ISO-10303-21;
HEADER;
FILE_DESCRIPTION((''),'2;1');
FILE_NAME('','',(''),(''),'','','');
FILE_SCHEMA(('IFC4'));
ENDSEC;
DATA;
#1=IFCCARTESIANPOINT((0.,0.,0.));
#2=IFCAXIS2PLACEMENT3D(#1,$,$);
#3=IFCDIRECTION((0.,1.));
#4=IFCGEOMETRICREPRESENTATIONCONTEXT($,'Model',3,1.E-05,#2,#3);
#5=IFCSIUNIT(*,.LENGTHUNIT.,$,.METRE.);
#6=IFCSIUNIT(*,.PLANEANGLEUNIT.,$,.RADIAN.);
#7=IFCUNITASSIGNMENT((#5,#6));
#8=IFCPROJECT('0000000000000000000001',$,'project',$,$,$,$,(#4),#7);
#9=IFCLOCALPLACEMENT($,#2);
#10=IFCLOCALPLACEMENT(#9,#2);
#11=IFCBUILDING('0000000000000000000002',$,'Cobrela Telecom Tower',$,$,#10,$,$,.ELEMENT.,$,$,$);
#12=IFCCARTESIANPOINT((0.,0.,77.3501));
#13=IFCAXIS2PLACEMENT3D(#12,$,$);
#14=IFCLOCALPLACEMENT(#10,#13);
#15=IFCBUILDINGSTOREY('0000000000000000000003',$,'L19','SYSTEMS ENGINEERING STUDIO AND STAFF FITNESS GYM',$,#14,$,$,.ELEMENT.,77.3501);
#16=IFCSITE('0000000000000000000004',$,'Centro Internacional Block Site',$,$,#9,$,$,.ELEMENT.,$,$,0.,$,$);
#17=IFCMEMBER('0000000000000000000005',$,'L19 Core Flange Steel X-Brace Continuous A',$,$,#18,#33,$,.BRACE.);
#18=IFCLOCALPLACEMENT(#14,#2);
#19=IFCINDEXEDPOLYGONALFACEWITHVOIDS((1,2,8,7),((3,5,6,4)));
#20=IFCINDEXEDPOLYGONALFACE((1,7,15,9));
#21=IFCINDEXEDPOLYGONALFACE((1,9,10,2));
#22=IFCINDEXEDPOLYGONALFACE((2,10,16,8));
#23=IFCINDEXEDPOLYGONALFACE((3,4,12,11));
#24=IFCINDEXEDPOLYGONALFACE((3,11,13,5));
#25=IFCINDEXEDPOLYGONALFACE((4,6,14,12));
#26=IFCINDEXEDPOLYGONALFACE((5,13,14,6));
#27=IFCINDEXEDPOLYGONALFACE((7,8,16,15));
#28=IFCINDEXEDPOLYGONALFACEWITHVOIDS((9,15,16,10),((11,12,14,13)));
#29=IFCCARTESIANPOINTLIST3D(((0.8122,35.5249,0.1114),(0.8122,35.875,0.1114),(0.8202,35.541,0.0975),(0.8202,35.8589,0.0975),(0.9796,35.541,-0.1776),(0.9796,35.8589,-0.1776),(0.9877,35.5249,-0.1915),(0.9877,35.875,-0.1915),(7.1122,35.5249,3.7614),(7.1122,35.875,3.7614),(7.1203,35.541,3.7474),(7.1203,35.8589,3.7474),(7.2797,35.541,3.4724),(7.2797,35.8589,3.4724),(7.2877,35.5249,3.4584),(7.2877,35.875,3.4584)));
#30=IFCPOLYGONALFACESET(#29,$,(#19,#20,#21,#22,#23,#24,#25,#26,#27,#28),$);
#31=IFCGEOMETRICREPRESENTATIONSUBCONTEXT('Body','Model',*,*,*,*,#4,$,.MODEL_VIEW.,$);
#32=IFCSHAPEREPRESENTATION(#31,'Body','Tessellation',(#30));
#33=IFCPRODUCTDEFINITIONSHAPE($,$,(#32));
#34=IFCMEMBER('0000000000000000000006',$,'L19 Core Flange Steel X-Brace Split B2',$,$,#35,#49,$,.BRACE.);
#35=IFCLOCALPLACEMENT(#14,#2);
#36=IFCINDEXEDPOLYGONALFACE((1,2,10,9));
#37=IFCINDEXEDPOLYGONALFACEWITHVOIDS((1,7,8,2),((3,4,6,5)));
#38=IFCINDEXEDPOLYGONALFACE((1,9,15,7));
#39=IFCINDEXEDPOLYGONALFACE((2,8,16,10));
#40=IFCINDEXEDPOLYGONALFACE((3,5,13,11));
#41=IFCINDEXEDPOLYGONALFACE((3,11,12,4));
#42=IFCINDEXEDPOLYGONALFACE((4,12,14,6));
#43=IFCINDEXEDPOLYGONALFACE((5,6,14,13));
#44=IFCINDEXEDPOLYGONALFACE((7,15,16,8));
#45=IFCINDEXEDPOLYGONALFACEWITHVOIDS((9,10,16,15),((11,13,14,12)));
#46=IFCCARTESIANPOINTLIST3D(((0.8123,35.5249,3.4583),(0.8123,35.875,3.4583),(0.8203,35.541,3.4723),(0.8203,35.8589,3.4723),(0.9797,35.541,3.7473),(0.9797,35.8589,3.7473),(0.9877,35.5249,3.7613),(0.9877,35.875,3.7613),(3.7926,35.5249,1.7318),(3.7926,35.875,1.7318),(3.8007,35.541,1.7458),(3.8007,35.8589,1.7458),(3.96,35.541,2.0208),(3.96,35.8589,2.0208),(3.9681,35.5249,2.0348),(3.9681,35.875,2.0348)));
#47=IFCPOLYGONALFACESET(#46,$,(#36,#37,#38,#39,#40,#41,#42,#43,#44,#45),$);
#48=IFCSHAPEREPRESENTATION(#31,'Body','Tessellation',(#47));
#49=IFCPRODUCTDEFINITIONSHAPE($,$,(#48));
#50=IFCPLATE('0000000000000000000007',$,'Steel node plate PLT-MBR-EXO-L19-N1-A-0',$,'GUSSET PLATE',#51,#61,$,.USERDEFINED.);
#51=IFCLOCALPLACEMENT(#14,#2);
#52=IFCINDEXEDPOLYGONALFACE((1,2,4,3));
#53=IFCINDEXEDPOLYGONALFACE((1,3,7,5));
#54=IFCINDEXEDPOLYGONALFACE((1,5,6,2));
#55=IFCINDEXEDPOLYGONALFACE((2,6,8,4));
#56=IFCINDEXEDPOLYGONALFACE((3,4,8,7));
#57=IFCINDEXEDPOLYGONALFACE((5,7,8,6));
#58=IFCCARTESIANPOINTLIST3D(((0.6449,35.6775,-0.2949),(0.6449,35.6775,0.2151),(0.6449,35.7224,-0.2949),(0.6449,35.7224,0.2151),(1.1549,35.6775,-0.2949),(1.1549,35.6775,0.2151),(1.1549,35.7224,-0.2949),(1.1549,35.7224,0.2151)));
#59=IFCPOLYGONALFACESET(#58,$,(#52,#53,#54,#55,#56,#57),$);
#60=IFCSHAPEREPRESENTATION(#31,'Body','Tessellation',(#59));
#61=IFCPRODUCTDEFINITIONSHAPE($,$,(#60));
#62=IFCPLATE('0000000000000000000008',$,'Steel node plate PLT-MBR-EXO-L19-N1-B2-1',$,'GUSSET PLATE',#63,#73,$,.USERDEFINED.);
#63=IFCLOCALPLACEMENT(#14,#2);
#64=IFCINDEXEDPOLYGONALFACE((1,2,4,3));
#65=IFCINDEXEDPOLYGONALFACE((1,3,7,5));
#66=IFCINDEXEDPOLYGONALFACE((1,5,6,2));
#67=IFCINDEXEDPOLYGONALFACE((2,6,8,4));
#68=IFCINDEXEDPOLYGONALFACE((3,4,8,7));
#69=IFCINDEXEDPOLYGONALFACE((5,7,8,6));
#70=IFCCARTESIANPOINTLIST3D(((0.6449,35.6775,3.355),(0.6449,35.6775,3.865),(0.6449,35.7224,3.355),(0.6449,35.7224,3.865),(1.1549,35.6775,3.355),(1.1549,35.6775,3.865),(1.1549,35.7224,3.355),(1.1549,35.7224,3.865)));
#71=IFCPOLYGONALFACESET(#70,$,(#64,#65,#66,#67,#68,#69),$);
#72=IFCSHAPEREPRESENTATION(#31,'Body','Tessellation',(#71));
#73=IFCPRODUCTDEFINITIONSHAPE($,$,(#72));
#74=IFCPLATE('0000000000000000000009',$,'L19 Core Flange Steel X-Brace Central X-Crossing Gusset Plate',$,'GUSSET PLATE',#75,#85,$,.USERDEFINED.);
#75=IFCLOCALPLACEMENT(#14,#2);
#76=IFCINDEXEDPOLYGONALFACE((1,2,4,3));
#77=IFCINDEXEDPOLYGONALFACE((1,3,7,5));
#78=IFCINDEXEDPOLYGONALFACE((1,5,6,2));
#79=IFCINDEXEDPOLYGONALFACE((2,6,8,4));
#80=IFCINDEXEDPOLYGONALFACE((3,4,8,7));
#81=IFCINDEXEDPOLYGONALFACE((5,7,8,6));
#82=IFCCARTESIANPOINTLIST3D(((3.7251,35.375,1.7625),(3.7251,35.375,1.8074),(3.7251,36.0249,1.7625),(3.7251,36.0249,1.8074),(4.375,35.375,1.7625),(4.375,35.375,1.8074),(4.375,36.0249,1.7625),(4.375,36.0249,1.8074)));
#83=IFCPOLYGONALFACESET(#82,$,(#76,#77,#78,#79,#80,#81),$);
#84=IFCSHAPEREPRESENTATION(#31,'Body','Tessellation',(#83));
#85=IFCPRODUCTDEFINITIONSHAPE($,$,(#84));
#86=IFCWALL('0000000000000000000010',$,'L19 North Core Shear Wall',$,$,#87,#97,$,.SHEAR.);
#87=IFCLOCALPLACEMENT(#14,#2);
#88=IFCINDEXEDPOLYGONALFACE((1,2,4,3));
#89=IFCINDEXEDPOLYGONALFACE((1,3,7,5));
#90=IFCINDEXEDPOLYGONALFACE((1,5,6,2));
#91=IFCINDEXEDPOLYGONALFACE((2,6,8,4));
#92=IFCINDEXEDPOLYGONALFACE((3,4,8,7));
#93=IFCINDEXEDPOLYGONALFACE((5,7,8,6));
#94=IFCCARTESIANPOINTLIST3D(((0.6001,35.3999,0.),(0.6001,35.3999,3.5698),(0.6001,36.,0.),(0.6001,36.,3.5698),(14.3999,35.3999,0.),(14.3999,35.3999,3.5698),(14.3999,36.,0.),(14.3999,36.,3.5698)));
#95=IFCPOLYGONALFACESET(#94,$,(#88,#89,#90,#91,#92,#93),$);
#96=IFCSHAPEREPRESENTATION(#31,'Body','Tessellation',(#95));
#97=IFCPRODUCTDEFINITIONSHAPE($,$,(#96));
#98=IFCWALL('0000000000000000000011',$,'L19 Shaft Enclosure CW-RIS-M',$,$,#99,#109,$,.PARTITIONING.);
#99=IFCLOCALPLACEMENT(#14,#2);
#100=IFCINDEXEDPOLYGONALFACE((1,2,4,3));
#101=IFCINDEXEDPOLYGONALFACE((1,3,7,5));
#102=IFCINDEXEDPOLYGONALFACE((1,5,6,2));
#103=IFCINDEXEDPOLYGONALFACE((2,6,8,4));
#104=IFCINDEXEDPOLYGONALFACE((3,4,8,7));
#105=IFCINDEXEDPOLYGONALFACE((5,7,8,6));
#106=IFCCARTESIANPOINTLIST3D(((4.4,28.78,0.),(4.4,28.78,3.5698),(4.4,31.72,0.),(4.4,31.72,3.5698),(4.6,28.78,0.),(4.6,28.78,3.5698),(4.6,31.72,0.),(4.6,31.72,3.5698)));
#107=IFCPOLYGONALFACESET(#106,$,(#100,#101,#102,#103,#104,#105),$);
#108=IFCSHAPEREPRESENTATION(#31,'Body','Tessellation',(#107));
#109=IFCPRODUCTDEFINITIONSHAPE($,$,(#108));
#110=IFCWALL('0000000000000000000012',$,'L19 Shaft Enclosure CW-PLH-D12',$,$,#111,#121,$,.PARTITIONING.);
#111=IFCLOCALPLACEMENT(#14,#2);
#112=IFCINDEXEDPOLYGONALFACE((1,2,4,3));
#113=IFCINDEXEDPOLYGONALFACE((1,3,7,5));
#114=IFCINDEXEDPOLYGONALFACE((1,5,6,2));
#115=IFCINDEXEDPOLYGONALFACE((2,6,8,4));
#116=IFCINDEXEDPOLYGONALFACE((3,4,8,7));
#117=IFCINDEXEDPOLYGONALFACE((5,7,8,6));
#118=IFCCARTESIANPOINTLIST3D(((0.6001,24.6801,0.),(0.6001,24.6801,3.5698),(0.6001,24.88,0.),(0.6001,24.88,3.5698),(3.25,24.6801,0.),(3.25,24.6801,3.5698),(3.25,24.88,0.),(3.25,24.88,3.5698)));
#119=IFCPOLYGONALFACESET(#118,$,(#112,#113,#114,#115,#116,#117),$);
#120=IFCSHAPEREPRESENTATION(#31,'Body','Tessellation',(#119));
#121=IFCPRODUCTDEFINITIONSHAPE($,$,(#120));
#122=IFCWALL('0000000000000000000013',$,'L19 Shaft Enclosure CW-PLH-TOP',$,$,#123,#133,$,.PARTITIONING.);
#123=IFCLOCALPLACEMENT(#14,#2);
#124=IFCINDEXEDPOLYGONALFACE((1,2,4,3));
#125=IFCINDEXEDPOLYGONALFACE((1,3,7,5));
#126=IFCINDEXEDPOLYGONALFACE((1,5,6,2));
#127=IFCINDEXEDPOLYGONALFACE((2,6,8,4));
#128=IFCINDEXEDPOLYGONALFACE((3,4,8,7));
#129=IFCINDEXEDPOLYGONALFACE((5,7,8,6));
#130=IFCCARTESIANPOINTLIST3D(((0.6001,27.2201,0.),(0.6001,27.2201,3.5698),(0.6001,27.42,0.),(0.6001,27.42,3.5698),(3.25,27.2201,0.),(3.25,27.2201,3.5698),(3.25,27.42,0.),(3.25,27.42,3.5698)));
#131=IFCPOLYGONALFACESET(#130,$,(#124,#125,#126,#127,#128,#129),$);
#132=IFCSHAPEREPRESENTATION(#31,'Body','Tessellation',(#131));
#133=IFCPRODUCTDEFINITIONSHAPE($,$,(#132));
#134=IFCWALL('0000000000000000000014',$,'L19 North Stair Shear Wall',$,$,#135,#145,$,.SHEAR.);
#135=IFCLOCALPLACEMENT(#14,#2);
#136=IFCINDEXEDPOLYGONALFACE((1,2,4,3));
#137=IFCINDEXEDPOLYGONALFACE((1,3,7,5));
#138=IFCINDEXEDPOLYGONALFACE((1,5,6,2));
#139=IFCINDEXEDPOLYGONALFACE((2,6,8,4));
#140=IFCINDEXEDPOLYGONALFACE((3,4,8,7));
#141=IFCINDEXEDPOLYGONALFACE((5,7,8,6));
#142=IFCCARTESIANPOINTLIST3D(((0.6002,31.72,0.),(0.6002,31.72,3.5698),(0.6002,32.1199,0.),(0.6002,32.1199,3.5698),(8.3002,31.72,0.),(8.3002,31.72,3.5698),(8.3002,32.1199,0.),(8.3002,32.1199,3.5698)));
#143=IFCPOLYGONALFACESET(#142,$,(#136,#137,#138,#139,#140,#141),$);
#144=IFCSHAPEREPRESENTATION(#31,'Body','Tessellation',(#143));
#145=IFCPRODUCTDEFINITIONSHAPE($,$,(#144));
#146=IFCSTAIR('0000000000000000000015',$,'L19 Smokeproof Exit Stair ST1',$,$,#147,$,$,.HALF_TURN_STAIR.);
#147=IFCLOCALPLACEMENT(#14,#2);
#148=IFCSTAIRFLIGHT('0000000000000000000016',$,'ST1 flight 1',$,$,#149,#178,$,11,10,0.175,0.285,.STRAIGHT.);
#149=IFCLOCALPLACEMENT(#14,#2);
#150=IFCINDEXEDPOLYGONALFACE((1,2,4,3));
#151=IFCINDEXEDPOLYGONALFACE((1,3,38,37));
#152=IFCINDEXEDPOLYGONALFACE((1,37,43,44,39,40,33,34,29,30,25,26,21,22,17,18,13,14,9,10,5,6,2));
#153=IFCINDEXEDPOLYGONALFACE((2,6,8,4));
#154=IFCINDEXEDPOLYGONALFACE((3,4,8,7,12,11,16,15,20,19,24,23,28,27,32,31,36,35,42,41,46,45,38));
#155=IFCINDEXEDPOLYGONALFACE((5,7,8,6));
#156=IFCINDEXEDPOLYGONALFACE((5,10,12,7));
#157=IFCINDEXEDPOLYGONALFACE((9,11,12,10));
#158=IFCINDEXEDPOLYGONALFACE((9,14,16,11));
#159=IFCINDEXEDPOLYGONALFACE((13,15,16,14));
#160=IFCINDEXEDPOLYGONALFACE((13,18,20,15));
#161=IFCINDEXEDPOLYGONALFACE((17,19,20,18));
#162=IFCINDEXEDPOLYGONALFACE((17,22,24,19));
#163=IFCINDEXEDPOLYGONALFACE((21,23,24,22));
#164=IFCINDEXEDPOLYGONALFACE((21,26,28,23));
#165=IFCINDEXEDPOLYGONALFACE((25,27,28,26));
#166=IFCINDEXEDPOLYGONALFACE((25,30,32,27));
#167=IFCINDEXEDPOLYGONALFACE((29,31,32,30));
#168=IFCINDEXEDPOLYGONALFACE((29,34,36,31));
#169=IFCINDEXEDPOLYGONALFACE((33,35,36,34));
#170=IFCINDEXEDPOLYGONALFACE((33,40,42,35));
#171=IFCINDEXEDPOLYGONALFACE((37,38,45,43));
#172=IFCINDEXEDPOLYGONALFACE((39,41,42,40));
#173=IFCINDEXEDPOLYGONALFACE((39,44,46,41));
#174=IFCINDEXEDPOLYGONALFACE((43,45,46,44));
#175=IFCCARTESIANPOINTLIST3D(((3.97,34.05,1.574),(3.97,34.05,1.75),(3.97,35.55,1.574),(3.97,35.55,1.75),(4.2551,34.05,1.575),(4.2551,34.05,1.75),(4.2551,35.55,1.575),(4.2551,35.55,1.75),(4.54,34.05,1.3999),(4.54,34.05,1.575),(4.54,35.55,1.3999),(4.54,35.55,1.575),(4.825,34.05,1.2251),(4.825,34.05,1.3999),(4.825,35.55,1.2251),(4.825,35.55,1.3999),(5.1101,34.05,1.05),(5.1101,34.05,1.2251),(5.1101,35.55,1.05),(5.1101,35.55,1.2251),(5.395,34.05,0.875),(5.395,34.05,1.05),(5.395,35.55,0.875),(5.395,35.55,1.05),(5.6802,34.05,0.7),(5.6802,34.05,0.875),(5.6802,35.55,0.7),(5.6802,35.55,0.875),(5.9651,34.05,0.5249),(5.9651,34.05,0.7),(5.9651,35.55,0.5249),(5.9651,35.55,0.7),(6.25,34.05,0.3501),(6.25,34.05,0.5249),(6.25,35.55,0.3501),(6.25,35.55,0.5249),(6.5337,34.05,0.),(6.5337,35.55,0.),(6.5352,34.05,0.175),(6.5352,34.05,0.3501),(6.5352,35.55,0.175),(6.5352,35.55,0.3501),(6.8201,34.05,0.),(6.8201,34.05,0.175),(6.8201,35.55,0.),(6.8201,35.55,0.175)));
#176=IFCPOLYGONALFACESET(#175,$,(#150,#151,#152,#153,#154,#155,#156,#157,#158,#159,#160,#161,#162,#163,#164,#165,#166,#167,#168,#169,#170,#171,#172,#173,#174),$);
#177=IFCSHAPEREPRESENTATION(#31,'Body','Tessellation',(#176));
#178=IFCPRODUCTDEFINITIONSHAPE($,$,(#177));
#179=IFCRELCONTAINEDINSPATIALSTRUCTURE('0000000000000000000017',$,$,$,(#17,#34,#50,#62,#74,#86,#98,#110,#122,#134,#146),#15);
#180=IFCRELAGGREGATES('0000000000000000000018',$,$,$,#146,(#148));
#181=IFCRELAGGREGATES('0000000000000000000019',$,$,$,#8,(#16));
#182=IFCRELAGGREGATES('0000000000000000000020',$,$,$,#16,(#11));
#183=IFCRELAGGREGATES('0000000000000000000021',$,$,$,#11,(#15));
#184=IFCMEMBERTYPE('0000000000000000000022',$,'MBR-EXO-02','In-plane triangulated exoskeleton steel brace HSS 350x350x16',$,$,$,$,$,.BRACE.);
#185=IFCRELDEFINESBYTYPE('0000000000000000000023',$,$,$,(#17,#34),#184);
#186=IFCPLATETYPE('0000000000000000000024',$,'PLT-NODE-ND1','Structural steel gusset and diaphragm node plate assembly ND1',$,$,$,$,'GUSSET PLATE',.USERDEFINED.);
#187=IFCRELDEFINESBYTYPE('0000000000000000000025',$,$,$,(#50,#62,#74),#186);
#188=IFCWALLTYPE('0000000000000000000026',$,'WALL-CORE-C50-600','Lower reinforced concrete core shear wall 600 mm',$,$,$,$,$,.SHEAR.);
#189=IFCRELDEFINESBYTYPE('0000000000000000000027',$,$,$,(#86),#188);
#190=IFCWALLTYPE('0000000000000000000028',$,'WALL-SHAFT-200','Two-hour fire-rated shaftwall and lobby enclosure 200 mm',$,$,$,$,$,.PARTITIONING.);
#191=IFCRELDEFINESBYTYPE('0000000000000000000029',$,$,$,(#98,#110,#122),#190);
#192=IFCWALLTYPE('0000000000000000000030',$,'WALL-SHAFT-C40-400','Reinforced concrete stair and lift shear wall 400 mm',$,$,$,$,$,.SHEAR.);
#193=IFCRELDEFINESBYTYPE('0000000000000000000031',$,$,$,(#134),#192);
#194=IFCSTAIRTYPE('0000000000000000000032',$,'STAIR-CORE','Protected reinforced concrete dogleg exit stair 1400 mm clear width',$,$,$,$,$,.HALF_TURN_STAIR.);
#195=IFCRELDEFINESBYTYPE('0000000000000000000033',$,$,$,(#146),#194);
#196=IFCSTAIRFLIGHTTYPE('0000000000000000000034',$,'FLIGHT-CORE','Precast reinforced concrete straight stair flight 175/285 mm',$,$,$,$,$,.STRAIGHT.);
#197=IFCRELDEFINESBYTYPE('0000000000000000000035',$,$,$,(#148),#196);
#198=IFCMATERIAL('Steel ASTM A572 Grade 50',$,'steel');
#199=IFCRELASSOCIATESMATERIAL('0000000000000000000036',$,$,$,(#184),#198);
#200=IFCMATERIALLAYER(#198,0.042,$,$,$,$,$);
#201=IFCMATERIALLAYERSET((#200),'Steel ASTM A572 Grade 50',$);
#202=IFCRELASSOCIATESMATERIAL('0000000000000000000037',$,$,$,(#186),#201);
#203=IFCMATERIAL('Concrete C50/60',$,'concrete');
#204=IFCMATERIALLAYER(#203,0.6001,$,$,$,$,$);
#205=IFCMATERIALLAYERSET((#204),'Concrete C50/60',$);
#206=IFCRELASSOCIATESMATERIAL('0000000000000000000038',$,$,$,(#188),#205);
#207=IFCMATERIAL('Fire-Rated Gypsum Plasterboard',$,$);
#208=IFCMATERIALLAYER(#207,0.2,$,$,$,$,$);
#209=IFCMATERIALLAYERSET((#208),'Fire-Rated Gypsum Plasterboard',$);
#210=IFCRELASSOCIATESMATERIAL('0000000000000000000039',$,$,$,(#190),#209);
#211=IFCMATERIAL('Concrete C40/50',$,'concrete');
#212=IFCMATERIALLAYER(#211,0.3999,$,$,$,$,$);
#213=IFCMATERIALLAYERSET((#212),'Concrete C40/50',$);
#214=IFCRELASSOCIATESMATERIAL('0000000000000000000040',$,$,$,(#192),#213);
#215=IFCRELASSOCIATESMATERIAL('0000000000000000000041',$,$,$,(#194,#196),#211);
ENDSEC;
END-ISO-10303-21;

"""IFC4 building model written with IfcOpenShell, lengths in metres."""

from ifc_helpers import new_model, si_unit, direction, frame, frame_2d, origin, origin_2d, place, context, subcontext, project, spatial, polyline, rectangle, hollow_rectangle, outline, extrude, material, layer, layer_set, material_profile, profile_set, type_object, element, aggregate, save


model = new_model("IFC4")

# Units and contexts
model_context = context("Model", 3, precision=1e-05, world=origin(), true_north=direction((0.0, 1.0)))
body_context = subcontext(model_context, "Body", "Model", "MODEL_VIEW")
ifc_project = project(units=[si_unit("LENGTHUNIT", "METRE"), si_unit("PLANEANGLEUNIT", "RADIAN")], contexts=[model_context])

# Site, building, storey
site_placement = place(None, origin())
site = spatial("IfcSite", under=ifc_project, at=site_placement, Name="Centro Internacional Block Site", CompositionType="ELEMENT", RefElevation=0.0)
building_placement = place(site_placement, origin())
building = spatial("IfcBuilding", under=site, at=building_placement, Name="Cobrela Telecom Tower", CompositionType="ELEMENT")
storey_placement = place(building_placement, frame((0.0, 0.0, 77.3501)))
storey = spatial("IfcBuildingStorey", under=building, at=storey_placement, Name="L19", Description="SYSTEMS ENGINEERING STUDIO AND STAFF FITNESS GYM", CompositionType="ELEMENT", Elevation=77.3501)

# Members
ifc_material_1 = material(Name="Steel ASTM A572 Grade 50", Category="steel")
ifc_material_profile = material_profile(ifc_material_1, hollow_rectangle(XDim=0.3501, YDim=0.3501, WallThickness=0.0161, at=origin_2d()), Name="HSS 350x350x16")
ifc_profile_set = profile_set([ifc_material_profile], Name="Steel ASTM A572 Grade 50")
member_type = type_object("IfcMemberType", Name="MBR-EXO-02", Description="In-plane triangulated exoskeleton steel brace HSS 350x350x16", PredefinedType="BRACE", material=ifc_profile_set)
member_1_placement = place(storey_placement, frame((0.8999, 35.7, -0.04), z_axis=(0.865277, 0.0, 0.501294), x_axis=(0.0, 1.0, 0.0)))
element("IfcMember", 1, at=member_1_placement, inside=storey, type_object=member_type, Name="L19 Core Flange Steel X-Brace Continuous A", PredefinedType="BRACE", context=body_context, shape_type="SweptSolid", body=[
    extrude(hollow_rectangle(XDim=0.3501, YDim=0.3501, WallThickness=0.0161, at=origin_2d()), origin(), (0.0, 0.0, 1.0), 7.281),
])
member_2_placement = place(storey_placement, frame((3.8804, 35.7, 1.8833), z_axis=(-0.865297, 0.0, 0.50126), x_axis=(0.0, -1.0, 0.0)))
element("IfcMember", 2, at=member_2_placement, inside=storey, type_object=member_type, Name="L19 Core Flange Steel X-Brace Split B2", PredefinedType="BRACE", context=body_context, shape_type="SweptSolid", body=[
    extrude(hollow_rectangle(XDim=0.3501, YDim=0.3501, WallThickness=0.0161, at=origin_2d()), origin(), (0.0, 0.0, 1.0), 3.4443),
])

# Plates
ifc_layer_1 = layer(ifc_material_1, 0.042)
ifc_layer_set_1 = layer_set([ifc_layer_1], Name="Steel ASTM A572 Grade 50")
plate_type = type_object("IfcPlateType", Name="PLT-NODE-ND1", Description="Structural steel gusset and diaphragm node plate assembly ND1", ElementType="GUSSET PLATE", PredefinedType="USERDEFINED", material=ifc_layer_set_1)
for number, where, z_axis, x_axis, name in (
    (3, (0.8999, 35.7, -0.2949), (0.0, 0.0, 1.0), (1.0, 0.0, 0.0), "Steel node plate PLT-MBR-EXO-L19-N1-A-0"),
    (4, (0.8999, 35.7, 3.355), (0.0, 0.0, 1.0), (-1.0, 0.0, 0.0), "Steel node plate PLT-MBR-EXO-L19-N1-B2-1"),
):
    element("IfcPlate", number, at=place(storey_placement, frame(where, z_axis=z_axis, x_axis=x_axis)), inside=storey, type_object=plate_type, Name=name, ObjectType="GUSSET PLATE", PredefinedType="USERDEFINED", context=body_context, shape_type="SweptSolid", body=[
        extrude(rectangle(XDim=0.51, YDim=0.0449, at=origin_2d()), origin(), (0.0, 0.0, 1.0), 0.51),
    ])
plate_placement = place(storey_placement, frame((4.05, 35.7, 1.7625), z_axis=(0.0, 0.0, 1.0), x_axis=(1.0, 0.0, 0.0)))
element("IfcPlate", 5, at=plate_placement, inside=storey, type_object=plate_type, Name="L19 Core Flange Steel X-Brace Central X-Crossing Gusset Plate", ObjectType="GUSSET PLATE", PredefinedType="USERDEFINED", context=body_context, shape_type="SweptSolid", body=[
    extrude(rectangle(XDim=0.6499, YDim=0.6499, at=origin_2d()), origin(), (0.0, 0.0, 1.0), 0.0449),
])

# Wall
ifc_material_2 = material(Name="Concrete C50/60", Category="concrete")
ifc_layer_2 = layer(ifc_material_2, 0.6001)
ifc_layer_set_2 = layer_set([ifc_layer_2], Name="Concrete C50/60")
wall_type_1 = type_object("IfcWallType", Name="WALL-CORE-C50-600", Description="Lower reinforced concrete core shear wall 600 mm", PredefinedType="SHEAR", material=ifc_layer_set_2)
wall_1_placement = place(storey_placement, frame((0.6001, 35.7, 0.0), z_axis=(0.0, 0.0, 1.0), x_axis=(1.0, 0.0, 0.0)))
element("IfcWall", 6, at=wall_1_placement, inside=storey, type_object=wall_type_1, Name="L19 North Core Shear Wall", PredefinedType="SHEAR", context=body_context, shape_type="SweptSolid", body=[
    extrude(rectangle(XDim=13.7998, YDim=0.6001, at=frame_2d((6.8999, 0.0))), origin(), (0.0, 0.0, 1.0), 3.5698),
])

# Shared definitions
ifc_material_3 = material(Name="Fire-Rated Gypsum Plasterboard")
ifc_layer_3 = layer(ifc_material_3, 0.2)
ifc_layer_set_3 = layer_set([ifc_layer_3], Name="Fire-Rated Gypsum Plasterboard")
wall_type_2 = type_object("IfcWallType", Name="WALL-SHAFT-200", Description="Two-hour fire-rated shaftwall and lobby enclosure 200 mm", PredefinedType="PARTITIONING", material=ifc_layer_set_3)

# Walls
wall_2_placement = place(storey_placement, frame((4.5, 28.78, 0.0), z_axis=(0.0, 0.0, 1.0), x_axis=(0.0, 1.0, 0.0)))
element("IfcWall", 7, at=wall_2_placement, inside=storey, type_object=wall_type_2, Name="L19 Shaft Enclosure CW-RIS-M", PredefinedType="PARTITIONING", context=body_context, shape_type="SweptSolid", body=[
    extrude(rectangle(XDim=2.9399, YDim=0.2, at=frame_2d((1.47, 0.0))), origin(), (0.0, 0.0, 1.0), 3.5698),
])
for number, where, z_axis, x_axis, name in (
    (8, (0.6001, 24.78, 0.0), (0.0, 0.0, 1.0), (1.0, 0.0, 0.0), "L19 Shaft Enclosure CW-PLH-D12"),
    (9, (0.6001, 27.3201, 0.0), (0.0, 0.0, 1.0), (1.0, 0.0, 0.0), "L19 Shaft Enclosure CW-PLH-TOP"),
):
    element("IfcWall", number, at=place(storey_placement, frame(where, z_axis=z_axis, x_axis=x_axis)), inside=storey, type_object=wall_type_2, Name=name, PredefinedType="PARTITIONING", context=body_context, shape_type="SweptSolid", body=[
        extrude(rectangle(XDim=2.6499, YDim=0.2, at=frame_2d((1.325, 0.0))), origin(), (0.0, 0.0, 1.0), 3.5698),
    ])
ifc_material_4 = material(Name="Concrete C40/50", Category="concrete")
ifc_layer_4 = layer(ifc_material_4, 0.3999)
ifc_layer_set_4 = layer_set([ifc_layer_4], Name="Concrete C40/50")
wall_type_3 = type_object("IfcWallType", Name="WALL-SHAFT-C40-400", Description="Reinforced concrete stair and lift shear wall 400 mm", PredefinedType="SHEAR", material=ifc_layer_set_4)
wall_3_placement = place(storey_placement, frame((0.6001, 31.9199, 0.0), z_axis=(0.0, 0.0, 1.0), x_axis=(1.0, 0.0, 0.0)))
element("IfcWall", 10, at=wall_3_placement, inside=storey, type_object=wall_type_3, Name="L19 North Stair Shear Wall", PredefinedType="SHEAR", context=body_context, shape_type="SweptSolid", body=[
    extrude(rectangle(XDim=7.7, YDim=0.3999, at=frame_2d((3.8501, 0.0))), origin(), (0.0, 0.0, 1.0), 3.5698),
])

# Stair, stair flight
stair_type = type_object("IfcStairType", Name="STAIR-CORE", Description="Protected reinforced concrete dogleg exit stair 1400 mm clear width", PredefinedType="HALF_TURN_STAIR", material=ifc_material_4)
stair_placement = place(storey_placement, origin())
stair = element("IfcStair", 11, at=stair_placement, inside=storey, type_object=stair_type, Name="L19 Smokeproof Exit Stair ST1", PredefinedType="HALF_TURN_STAIR")
stair_flight_type = type_object("IfcStairFlightType", Name="FLIGHT-CORE", Description="Precast reinforced concrete straight stair flight 175/285 mm", PredefinedType="STRAIGHT", material=ifc_material_4)
stair_flight_1_placement = place(storey_placement, frame((6.8201, 34.8, 0.0), z_axis=(0.0, 0.0, 1.0), x_axis=(-1.0, 0.0, 0.0)))
stair_flight_1 = element("IfcStairFlight", 12, at=stair_flight_1_placement, type_object=stair_flight_type, Name="ST1 flight 1", NumberOfRisers=11, NumberOfTreads=10, PredefinedType="STRAIGHT", RiserHeight=0.175, TreadLength=0.285, context=body_context, shape_type="SweptSolid", body=[
    extrude(outline(polyline([(0.0, 0.0), (0.0, 0.175), (0.2849, 0.175), (0.2849, 0.3501), (0.5701, 0.3501), (0.5701, 0.5249), (0.855, 0.5249), (0.855, 0.7), (1.1399, 0.7), (1.1399, 0.875), (1.425, 0.875), (1.425, 1.05), (1.71, 1.05), (1.71, 1.2251), (1.9951, 1.2251), (1.9951, 1.3999), (2.28, 1.3999), (2.28, 1.575), (2.5649, 1.575), (2.5649, 1.75), (2.8501, 1.75), (2.8501, 1.925), (2.8501, 1.574), (0.2864, 0.0), (0.0, 0.0)])), frame((0.0, 0.75, 0.0), z_axis=(0.0, -1.0, 0.0), x_axis=(1.0, 0.0, 0.0)), (0.0, 0.0, 1.0), 1.5),
])
aggregate(stair, [stair_flight_1])

save(model, "model.ifc")
